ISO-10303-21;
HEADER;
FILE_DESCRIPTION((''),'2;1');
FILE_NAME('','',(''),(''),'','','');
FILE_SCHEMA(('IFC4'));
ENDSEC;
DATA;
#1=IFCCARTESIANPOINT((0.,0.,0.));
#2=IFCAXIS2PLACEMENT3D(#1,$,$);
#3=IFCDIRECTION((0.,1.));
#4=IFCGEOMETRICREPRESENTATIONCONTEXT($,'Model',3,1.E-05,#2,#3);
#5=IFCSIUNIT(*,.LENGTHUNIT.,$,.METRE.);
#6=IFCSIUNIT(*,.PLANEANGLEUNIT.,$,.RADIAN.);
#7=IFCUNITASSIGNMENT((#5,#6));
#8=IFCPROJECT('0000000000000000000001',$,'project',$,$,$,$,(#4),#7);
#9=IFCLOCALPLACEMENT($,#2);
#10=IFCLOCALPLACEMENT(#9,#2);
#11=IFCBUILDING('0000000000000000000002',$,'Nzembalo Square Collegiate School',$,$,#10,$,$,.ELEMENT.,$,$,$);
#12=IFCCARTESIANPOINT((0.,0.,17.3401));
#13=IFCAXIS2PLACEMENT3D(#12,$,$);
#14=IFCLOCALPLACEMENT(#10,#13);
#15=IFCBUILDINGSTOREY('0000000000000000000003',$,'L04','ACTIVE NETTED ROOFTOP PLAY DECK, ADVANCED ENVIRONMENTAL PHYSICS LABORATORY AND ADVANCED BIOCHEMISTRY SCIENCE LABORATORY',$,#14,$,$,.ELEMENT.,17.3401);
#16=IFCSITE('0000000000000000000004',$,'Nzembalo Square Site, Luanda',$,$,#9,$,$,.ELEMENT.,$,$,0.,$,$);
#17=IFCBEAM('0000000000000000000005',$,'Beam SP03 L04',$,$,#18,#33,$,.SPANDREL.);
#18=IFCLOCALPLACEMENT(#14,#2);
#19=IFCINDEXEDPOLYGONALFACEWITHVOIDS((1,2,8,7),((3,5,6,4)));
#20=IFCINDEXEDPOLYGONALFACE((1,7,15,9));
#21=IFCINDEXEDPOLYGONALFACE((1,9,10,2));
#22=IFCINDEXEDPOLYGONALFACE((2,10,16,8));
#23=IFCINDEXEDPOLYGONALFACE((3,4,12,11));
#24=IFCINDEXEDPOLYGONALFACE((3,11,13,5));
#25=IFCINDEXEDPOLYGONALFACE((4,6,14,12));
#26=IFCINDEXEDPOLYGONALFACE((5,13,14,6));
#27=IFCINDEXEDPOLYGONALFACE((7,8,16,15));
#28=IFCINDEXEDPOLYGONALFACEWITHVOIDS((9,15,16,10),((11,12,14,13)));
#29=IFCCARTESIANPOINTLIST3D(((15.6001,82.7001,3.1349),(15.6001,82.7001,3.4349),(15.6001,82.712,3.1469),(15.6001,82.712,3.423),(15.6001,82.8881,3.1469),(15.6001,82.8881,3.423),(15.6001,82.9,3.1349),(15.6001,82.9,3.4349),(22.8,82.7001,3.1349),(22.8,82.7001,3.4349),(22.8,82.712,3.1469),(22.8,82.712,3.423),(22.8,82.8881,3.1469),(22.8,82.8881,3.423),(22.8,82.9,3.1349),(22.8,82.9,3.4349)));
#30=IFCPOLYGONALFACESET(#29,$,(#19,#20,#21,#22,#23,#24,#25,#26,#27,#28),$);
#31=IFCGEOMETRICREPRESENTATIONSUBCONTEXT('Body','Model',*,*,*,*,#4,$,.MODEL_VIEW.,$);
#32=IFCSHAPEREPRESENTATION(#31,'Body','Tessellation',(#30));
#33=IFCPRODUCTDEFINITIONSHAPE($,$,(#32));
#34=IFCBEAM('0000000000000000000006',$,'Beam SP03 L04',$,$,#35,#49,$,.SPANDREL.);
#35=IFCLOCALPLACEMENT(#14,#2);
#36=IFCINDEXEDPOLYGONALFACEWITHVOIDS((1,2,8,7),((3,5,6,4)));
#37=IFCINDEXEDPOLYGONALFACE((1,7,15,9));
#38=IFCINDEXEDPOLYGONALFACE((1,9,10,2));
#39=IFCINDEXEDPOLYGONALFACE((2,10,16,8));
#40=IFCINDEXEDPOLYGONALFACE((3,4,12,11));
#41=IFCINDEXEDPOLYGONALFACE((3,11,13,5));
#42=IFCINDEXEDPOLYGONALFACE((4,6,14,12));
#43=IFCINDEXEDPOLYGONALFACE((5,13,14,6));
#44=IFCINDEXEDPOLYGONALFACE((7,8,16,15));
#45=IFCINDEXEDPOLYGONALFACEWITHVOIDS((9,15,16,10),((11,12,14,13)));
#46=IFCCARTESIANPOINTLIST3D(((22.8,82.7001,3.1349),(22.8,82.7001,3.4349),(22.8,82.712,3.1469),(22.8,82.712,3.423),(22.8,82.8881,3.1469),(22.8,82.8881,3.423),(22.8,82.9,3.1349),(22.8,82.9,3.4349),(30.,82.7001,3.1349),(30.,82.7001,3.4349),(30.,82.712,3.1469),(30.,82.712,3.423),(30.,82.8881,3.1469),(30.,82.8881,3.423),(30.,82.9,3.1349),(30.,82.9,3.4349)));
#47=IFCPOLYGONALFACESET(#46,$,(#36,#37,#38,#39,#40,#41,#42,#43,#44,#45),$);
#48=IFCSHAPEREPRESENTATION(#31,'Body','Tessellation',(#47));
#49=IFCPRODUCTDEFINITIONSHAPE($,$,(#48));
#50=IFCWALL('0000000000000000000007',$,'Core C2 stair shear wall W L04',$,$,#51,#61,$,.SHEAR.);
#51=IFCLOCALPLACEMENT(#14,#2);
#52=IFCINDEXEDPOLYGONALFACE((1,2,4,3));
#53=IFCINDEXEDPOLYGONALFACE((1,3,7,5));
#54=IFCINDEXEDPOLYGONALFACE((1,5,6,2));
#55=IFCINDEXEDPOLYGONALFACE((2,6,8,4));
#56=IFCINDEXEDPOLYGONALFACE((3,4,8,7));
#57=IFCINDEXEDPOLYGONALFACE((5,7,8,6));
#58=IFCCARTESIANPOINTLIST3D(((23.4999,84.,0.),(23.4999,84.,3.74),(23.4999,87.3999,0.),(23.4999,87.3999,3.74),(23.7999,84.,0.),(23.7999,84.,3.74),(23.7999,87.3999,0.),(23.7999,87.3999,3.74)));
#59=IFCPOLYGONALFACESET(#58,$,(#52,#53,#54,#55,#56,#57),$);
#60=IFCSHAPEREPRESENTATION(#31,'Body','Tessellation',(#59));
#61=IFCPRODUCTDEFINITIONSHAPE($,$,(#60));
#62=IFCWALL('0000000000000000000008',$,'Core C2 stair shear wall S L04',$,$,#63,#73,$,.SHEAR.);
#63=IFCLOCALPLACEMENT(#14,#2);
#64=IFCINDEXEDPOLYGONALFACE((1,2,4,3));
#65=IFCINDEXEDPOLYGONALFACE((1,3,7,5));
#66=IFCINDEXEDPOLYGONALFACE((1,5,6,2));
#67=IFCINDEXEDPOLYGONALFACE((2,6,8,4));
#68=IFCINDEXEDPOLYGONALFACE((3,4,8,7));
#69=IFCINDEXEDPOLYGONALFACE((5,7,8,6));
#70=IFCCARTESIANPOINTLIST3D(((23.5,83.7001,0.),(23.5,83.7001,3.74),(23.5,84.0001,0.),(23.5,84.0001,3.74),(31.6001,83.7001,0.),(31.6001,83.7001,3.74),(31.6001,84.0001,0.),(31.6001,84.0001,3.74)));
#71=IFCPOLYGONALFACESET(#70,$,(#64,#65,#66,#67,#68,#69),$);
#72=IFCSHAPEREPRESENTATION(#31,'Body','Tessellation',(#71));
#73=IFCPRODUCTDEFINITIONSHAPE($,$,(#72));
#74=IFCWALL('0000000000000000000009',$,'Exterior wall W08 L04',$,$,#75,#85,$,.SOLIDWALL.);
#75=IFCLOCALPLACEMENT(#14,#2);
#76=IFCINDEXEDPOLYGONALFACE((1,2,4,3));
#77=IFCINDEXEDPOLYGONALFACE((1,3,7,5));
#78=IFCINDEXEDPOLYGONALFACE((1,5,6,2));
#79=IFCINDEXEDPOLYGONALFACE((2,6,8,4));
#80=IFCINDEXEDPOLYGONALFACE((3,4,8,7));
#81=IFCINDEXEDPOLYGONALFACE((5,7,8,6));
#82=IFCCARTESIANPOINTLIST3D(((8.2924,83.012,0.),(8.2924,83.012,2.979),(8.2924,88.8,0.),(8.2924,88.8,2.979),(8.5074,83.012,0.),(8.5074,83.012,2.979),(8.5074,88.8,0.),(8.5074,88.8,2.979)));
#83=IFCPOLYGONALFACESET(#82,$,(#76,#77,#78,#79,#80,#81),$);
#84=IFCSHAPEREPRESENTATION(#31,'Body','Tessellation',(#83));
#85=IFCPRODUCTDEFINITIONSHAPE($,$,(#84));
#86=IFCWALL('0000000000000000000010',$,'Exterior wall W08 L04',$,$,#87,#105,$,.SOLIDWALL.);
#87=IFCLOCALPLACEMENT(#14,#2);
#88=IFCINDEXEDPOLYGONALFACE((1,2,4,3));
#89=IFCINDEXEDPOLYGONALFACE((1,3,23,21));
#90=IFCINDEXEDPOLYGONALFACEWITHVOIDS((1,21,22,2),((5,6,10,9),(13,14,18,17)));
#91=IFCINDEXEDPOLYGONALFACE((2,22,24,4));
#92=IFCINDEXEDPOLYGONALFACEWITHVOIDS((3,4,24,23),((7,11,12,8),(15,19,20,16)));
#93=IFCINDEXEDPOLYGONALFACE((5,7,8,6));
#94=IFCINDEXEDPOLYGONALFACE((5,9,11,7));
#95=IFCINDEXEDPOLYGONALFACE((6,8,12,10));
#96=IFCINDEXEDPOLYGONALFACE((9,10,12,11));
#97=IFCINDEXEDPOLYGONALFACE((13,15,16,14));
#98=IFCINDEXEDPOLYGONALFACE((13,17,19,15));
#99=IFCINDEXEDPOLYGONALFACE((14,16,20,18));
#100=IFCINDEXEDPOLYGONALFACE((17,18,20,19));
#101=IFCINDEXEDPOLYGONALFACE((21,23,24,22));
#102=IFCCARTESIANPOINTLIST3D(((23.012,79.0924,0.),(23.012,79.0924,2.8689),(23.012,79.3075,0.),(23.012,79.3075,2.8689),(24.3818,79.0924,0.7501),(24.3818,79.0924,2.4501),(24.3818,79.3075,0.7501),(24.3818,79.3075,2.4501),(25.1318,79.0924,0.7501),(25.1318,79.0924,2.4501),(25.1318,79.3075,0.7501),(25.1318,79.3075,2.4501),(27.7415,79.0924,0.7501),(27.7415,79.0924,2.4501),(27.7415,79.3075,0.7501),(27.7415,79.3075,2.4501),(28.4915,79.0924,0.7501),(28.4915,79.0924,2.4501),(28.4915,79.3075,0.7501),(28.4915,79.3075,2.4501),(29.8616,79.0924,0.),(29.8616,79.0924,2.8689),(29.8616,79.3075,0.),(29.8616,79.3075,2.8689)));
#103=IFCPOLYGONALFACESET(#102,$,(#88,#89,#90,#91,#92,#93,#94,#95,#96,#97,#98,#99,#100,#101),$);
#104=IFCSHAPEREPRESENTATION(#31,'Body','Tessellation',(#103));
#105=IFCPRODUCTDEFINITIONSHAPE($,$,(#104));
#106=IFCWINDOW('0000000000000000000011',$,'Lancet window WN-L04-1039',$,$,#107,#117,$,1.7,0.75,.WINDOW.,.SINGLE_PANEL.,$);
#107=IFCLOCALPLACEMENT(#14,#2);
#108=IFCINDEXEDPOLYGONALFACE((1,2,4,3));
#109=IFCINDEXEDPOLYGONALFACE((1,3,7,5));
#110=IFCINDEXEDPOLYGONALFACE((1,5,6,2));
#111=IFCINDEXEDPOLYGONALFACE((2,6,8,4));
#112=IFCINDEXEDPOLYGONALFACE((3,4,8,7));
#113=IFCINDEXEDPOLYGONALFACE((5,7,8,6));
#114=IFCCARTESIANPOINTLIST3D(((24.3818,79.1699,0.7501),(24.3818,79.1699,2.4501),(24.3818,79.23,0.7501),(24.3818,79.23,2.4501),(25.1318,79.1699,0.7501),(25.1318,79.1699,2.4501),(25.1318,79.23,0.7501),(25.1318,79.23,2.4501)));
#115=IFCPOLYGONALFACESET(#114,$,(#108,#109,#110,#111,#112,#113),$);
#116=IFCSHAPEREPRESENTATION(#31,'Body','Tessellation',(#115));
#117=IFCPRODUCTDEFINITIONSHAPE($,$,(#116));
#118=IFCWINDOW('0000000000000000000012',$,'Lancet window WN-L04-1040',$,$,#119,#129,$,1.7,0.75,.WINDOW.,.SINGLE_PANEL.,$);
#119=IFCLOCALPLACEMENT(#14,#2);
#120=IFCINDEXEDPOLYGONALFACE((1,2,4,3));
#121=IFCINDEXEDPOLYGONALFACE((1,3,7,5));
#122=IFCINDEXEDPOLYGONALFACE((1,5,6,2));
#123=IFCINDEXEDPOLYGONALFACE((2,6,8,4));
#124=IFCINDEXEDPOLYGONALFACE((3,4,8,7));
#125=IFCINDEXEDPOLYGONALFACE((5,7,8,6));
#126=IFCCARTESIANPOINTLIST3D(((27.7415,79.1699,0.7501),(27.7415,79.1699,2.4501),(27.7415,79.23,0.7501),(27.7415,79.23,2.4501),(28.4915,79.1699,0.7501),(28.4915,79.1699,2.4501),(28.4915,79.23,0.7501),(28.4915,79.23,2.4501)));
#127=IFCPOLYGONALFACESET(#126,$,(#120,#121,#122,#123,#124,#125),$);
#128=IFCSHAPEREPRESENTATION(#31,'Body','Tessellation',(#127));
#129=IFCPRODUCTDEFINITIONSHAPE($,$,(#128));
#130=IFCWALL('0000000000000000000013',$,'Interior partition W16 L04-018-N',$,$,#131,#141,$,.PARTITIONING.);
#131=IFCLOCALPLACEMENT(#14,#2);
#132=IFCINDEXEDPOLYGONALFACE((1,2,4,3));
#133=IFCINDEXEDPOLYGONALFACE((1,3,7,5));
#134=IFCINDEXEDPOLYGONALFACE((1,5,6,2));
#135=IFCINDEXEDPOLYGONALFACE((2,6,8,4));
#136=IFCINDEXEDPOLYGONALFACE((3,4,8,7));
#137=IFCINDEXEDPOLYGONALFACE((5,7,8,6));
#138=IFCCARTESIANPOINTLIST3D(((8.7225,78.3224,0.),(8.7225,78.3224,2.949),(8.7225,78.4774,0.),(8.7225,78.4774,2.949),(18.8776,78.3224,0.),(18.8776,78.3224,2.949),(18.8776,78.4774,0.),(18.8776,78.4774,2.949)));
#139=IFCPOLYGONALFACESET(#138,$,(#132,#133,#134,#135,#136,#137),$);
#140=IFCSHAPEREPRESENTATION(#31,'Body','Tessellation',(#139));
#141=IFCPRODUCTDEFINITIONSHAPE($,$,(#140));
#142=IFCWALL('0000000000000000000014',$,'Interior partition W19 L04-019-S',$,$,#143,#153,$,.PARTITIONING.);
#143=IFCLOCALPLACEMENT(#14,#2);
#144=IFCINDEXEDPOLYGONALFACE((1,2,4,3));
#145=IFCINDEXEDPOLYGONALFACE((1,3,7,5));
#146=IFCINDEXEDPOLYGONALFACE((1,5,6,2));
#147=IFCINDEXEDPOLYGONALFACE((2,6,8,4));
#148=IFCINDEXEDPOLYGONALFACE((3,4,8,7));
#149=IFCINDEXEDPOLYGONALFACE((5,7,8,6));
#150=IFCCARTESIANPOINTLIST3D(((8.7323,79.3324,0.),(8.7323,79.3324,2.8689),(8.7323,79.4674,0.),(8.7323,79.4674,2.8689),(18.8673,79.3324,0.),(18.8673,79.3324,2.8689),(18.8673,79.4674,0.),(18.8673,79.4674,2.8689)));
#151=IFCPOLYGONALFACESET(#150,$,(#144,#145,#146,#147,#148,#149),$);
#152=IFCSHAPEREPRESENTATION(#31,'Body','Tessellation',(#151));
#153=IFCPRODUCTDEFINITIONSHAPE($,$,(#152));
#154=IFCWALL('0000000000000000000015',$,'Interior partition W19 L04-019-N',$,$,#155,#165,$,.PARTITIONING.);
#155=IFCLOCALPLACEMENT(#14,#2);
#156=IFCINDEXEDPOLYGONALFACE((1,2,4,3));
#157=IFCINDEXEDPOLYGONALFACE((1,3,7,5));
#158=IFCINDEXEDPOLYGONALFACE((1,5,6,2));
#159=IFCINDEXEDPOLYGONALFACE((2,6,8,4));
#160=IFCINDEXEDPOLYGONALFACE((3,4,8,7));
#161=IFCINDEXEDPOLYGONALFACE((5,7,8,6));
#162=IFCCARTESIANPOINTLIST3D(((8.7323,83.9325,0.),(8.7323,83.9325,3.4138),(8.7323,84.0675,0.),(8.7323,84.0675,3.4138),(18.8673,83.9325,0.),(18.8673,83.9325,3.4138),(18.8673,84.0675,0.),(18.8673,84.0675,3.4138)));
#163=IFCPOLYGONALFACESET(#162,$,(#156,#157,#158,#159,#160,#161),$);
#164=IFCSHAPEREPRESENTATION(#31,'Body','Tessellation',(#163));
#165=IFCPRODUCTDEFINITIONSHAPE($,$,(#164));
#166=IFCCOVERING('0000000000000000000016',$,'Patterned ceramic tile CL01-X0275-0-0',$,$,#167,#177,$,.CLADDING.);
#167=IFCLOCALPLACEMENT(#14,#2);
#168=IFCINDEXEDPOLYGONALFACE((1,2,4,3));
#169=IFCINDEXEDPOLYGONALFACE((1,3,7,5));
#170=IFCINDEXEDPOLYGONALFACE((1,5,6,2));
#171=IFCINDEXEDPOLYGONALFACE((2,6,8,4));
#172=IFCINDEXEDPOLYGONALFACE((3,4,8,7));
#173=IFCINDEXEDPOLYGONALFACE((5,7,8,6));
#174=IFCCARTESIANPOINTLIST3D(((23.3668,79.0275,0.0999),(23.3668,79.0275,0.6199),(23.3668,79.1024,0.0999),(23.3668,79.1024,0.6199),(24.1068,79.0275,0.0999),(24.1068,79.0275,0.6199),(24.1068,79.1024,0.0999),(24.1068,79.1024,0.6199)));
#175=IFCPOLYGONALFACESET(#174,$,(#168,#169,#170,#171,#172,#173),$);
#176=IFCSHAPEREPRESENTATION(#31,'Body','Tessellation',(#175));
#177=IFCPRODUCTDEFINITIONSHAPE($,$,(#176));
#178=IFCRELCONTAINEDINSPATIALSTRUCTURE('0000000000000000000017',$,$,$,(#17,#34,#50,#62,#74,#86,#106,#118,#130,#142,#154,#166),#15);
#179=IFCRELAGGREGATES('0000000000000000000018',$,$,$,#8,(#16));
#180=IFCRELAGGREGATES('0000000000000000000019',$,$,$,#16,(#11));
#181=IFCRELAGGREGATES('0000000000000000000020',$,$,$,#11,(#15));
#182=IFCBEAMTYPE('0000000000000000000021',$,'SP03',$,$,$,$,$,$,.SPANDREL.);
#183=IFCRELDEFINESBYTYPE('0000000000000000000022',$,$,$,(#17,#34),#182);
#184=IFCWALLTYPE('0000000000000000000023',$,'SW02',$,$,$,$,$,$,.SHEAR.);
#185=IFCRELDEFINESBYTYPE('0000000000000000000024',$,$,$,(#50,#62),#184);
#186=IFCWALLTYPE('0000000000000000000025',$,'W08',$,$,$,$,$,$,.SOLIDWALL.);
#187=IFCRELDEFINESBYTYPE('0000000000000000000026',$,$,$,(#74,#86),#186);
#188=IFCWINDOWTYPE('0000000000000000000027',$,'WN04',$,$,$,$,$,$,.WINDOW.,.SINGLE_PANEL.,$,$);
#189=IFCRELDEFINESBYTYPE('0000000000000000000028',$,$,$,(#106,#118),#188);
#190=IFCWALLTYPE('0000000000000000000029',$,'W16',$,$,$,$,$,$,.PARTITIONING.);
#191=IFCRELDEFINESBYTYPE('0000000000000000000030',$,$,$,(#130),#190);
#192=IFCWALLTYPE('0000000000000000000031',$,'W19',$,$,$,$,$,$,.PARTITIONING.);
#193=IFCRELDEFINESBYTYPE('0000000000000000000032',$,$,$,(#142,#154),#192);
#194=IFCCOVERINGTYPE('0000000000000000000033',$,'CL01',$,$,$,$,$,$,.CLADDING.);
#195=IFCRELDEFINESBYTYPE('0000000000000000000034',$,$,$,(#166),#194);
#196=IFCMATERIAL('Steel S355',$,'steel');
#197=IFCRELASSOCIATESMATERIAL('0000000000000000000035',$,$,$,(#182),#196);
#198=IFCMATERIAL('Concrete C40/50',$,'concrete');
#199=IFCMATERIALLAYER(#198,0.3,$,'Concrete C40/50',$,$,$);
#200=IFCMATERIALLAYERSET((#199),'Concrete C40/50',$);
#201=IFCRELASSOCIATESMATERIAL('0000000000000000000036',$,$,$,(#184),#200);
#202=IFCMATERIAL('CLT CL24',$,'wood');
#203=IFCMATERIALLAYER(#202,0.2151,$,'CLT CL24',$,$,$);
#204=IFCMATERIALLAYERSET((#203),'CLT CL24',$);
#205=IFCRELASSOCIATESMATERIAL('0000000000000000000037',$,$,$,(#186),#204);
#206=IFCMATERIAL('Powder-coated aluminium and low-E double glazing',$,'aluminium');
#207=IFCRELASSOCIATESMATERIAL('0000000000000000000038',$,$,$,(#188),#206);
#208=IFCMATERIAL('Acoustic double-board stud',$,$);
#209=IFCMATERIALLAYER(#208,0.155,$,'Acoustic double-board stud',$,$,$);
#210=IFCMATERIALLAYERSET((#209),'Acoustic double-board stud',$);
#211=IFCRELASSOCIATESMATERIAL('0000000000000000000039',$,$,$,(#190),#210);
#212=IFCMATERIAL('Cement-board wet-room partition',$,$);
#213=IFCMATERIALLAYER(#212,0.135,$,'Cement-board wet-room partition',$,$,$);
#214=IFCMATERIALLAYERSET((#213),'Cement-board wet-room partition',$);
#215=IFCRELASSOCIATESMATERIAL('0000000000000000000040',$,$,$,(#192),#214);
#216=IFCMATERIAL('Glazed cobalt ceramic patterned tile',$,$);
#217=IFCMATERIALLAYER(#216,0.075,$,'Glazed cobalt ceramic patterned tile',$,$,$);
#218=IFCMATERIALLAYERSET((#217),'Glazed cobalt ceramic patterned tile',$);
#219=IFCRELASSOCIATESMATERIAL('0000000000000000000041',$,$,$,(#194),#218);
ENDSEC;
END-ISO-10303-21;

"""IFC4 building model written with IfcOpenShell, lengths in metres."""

from ifc_helpers import new_model, si_unit, direction, frame, frame_2d, origin, origin_2d, place, context, subcontext, project, spatial, rectangle, hollow_rectangle, extrude, material, layer, layer_set, material_profile, profile_set, type_object, element, fill, save


model = new_model("IFC4")

# Units and contexts
model_context = context("Model", 3, precision=1e-05, world=origin(), true_north=direction((0.0, 1.0)))
body_context = subcontext(model_context, "Body", "Model", "MODEL_VIEW")
ifc_project = project(units=[si_unit("LENGTHUNIT", "METRE"), si_unit("PLANEANGLEUNIT", "RADIAN")], contexts=[model_context])

# Site, building, storey
site_placement = place(None, origin())
site = spatial("IfcSite", under=ifc_project, at=site_placement, Name="Nzembalo Square Site, Luanda", CompositionType="ELEMENT", RefElevation=0.0)
building_placement = place(site_placement, origin())
building = spatial("IfcBuilding", under=site, at=building_placement, Name="Nzembalo Square Collegiate School", CompositionType="ELEMENT")
storey_placement = place(building_placement, frame((0.0, 0.0, 17.3401)))
storey = spatial("IfcBuildingStorey", under=building, at=storey_placement, Name="L04", Description="ACTIVE NETTED ROOFTOP PLAY DECK, ADVANCED ENVIRONMENTAL PHYSICS LABORATORY AND ADVANCED BIOCHEMISTRY SCIENCE LABORATORY", CompositionType="ELEMENT", Elevation=17.3401)

# Beams
ifc_material_1 = material(Name="Steel S355", Category="steel")
ifc_material_profile_1 = material_profile(ifc_material_1, hollow_rectangle(XDim=0.2, YDim=0.3, WallThickness=0.012, at=origin_2d()), Name="RHS 300x200x12")
ifc_profile_set_1 = profile_set([ifc_material_profile_1], Name="Steel S355")
beam_type_1 = type_object("IfcBeamType", Name="SP03", PredefinedType="SPANDREL", material=ifc_profile_set_1)
for number, where, z_axis, x_axis, name in (
    (1, (15.6001, 82.8, 3.2849), (1.0, 0.0, 0.0), (0.0, 1.0, 0.0), "Beam SP03 L04"),
    (2, (22.8, 82.8, 3.2849), (1.0, 0.0, 0.0), (0.0, 1.0, 0.0), "Beam SP03 L04"),
):
    element("IfcBeam", number, at=place(storey_placement, frame(where, z_axis=z_axis, x_axis=x_axis)), inside=storey, type_object=beam_type_1, Name=name, PredefinedType="SPANDREL", context=body_context, shape_type="SweptSolid", body=[
        extrude(hollow_rectangle(XDim=0.2, YDim=0.3, WallThickness=0.012, at=origin_2d()), origin(), (0.0, 0.0, 1.0), 7.2),
    ])

# Walls
ifc_material_2 = material(Name="Concrete C40/50", Category="concrete")
ifc_layer_1 = layer(ifc_material_2, 0.3, Name="Concrete C40/50")
ifc_layer_set_1 = layer_set([ifc_layer_1], Name="Concrete C40/50")
wall_type_1 = type_object("IfcWallType", Name="SW02", PredefinedType="SHEAR", material=ifc_layer_set_1)
wall_1_placement = place(storey_placement, frame((23.6499, 84.0, 0.0), z_axis=(0.0, 0.0, 1.0), x_axis=(0.0, 1.0, 0.0)))
element("IfcWall", 3, at=wall_1_placement, inside=storey, type_object=wall_type_1, Name="Core C2 stair shear wall W L04", PredefinedType="SHEAR", context=body_context, shape_type="SweptSolid", body=[
    extrude(rectangle(XDim=3.3999, YDim=0.3, at=frame_2d((1.7, 0.0))), origin(), (0.0, 0.0, 1.0), 3.74),
])
wall_2_placement = place(storey_placement, frame((23.5, 83.8501, 0.0), z_axis=(0.0, 0.0, 1.0), x_axis=(1.0, 0.0, 0.0)))
element("IfcWall", 4, at=wall_2_placement, inside=storey, type_object=wall_type_1, Name="Core C2 stair shear wall S L04", PredefinedType="SHEAR", context=body_context, shape_type="SweptSolid", body=[
    extrude(rectangle(XDim=8.1001, YDim=0.3, at=frame_2d((4.05, 0.0))), origin(), (0.0, 0.0, 1.0), 3.74),
])
ifc_material_3 = material(Name="CLT CL24", Category="wood")
ifc_layer_2 = layer(ifc_material_3, 0.2151, Name="CLT CL24")
ifc_layer_set_2 = layer_set([ifc_layer_2], Name="CLT CL24")
wall_type_2 = type_object("IfcWallType", Name="W08", PredefinedType="SOLIDWALL", material=ifc_layer_set_2)
wall_3_placement = place(storey_placement, frame((8.3999, 83.012, 0.0), z_axis=(0.0, 0.0, 1.0), x_axis=(0.0, 1.0, 0.0)))
element("IfcWall", 5, at=wall_3_placement, inside=storey, type_object=wall_type_2, Name="Exterior wall W08 L04", PredefinedType="SOLIDWALL", context=body_context, shape_type="SweptSolid", body=[
    extrude(rectangle(XDim=5.7881, YDim=0.2151, at=frame_2d((2.894, 0.0))), origin(), (0.0, 0.0, 1.0), 2.979),
])

# Wall, openings, windows
wall_4_placement = place(storey_placement, frame((23.012, 79.2, 0.0), z_axis=(0.0, 0.0, 1.0), x_axis=(1.0, 0.0, 0.0)))
wall_4 = element("IfcWall", 6, at=wall_4_placement, inside=storey, type_object=wall_type_2, Name="Exterior wall W08 L04", PredefinedType="SOLIDWALL", context=body_context, shape_type="SweptSolid", body=[
    extrude(rectangle(XDim=6.8496, YDim=0.2151, at=frame_2d((3.4248, 0.0))), origin(), (0.0, 0.0, 1.0), 2.8689),
])
opening_1_placement = place(wall_4_placement, frame((1.3699, 0.0, 0.75)))
opening_1 = element("IfcOpeningElement", 7, at=opening_1_placement, cuts=wall_4, PredefinedType="OPENING", context=body_context, shape_type="SweptSolid", body=[
    extrude(rectangle(XDim=0.75, YDim=1.7, at=frame_2d((0.375, 0.8501))), frame((0.0, 0.1177, 0.0), z_axis=(0.0, -1.0, 0.0), x_axis=(1.0, 0.0, 0.0)), (0.0, 0.0, 1.0), 0.2351),
])
opening_2_placement = place(wall_4_placement, frame((4.7295, 0.0, 0.75)))
opening_2 = element("IfcOpeningElement", 8, at=opening_2_placement, cuts=wall_4, PredefinedType="OPENING", context=body_context, shape_type="SweptSolid", body=[
    extrude(rectangle(XDim=0.75, YDim=1.7, at=frame_2d((0.375, 0.8501))), frame((0.0, 0.1177, 0.0), z_axis=(0.0, -1.0, 0.0), x_axis=(1.0, 0.0, 0.0)), (0.0, 0.0, 1.0), 0.2351),
])
ifc_material_4 = material(Name="Powder-coated aluminium and low-E double glazing", Category="aluminium")
window_type = type_object("IfcWindowType", Name="WN04", PartitioningType="SINGLE_PANEL", PredefinedType="WINDOW", material=ifc_material_4)
window_1_placement = place(opening_1_placement, origin())
window_1 = element("IfcWindow", 9, at=window_1_placement, inside=storey, type_object=window_type, Name="Lancet window WN-L04-1039", OverallHeight=1.7, OverallWidth=0.75, PartitioningType="SINGLE_PANEL", PredefinedType="WINDOW", context=body_context, shape_type="SweptSolid", body=[
    extrude(rectangle(XDim=0.75, YDim=1.7, at=frame_2d((0.375, 0.8501))), frame((0.0, 0.03, 0.0), z_axis=(0.0, -1.0, 0.0), x_axis=(1.0, 0.0, 0.0)), (0.0, 0.0, 1.0), 0.0601),
])
fill(opening_1, window_1)
window_2_placement = place(opening_2_placement, origin())
window_2 = element("IfcWindow", 10, at=window_2_placement, inside=storey, type_object=window_type, Name="Lancet window WN-L04-1040", OverallHeight=1.7, OverallWidth=0.75, PartitioningType="SINGLE_PANEL", PredefinedType="WINDOW", context=body_context, shape_type="SweptSolid", body=[
    extrude(rectangle(XDim=0.75, YDim=1.7, at=frame_2d((0.375, 0.8501))), frame((0.0, 0.03, 0.0), z_axis=(0.0, -1.0, 0.0), x_axis=(1.0, 0.0, 0.0)), (0.0, 0.0, 1.0), 0.0601),
])
fill(opening_2, window_2)

# Walls
ifc_material_5 = material(Name="Acoustic double-board stud")
ifc_layer_3 = layer(ifc_material_5, 0.155, Name="Acoustic double-board stud")
ifc_layer_set_3 = layer_set([ifc_layer_3], Name="Acoustic double-board stud")
wall_type_3 = type_object("IfcWallType", Name="W16", PredefinedType="PARTITIONING", material=ifc_layer_set_3)
wall_5_placement = place(storey_placement, frame((8.7224, 78.3999, 0.0), z_axis=(0.0, 0.0, 1.0), x_axis=(1.0, 0.0, 0.0)))
element("IfcWall", 11, at=wall_5_placement, inside=storey, type_object=wall_type_3, Name="Interior partition W16 L04-018-N", PredefinedType="PARTITIONING", context=body_context, shape_type="SweptSolid", body=[
    extrude(rectangle(XDim=10.155, YDim=0.155, at=frame_2d((5.0776, 0.0))), origin(), (0.0, 0.0, 1.0), 2.949),
])
ifc_material_6 = material(Name="Cement-board wet-room partition")
ifc_layer_4 = layer(ifc_material_6, 0.135, Name="Cement-board wet-room partition")
ifc_layer_set_4 = layer_set([ifc_layer_4], Name="Cement-board wet-room partition")
wall_type_4 = type_object("IfcWallType", Name="W19", PredefinedType="PARTITIONING", material=ifc_layer_set_4)
wall_6_placement = place(storey_placement, frame((8.7324, 79.3999, 0.0), z_axis=(0.0, 0.0, 1.0), x_axis=(1.0, 0.0, 0.0)))
element("IfcWall", 12, at=wall_6_placement, inside=storey, type_object=wall_type_4, Name="Interior partition W19 L04-019-S", PredefinedType="PARTITIONING", context=body_context, shape_type="SweptSolid", body=[
    extrude(rectangle(XDim=10.135, YDim=0.135, at=frame_2d((5.0674, 0.0))), origin(), (0.0, 0.0, 1.0), 2.8689),
])
wall_7_placement = place(storey_placement, frame((8.7324, 84.0, 0.0), z_axis=(0.0, 0.0, 1.0), x_axis=(1.0, 0.0, 0.0)))
element("IfcWall", 13, at=wall_7_placement, inside=storey, type_object=wall_type_4, Name="Interior partition W19 L04-019-N", PredefinedType="PARTITIONING", context=body_context, shape_type="SweptSolid", body=[
    extrude(rectangle(XDim=10.135, YDim=0.135, at=frame_2d((5.0674, 0.0))), origin(), (0.0, 0.0, 1.0), 3.4138),
])

# Covering
ifc_material_7 = material(Name="Glazed cobalt ceramic patterned tile")
ifc_layer_5 = layer(ifc_material_7, 0.075, Name="Glazed cobalt ceramic patterned tile")
ifc_layer_set_5 = layer_set([ifc_layer_5], Name="Glazed cobalt ceramic patterned tile")
covering_type_1 = type_object("IfcCoveringType", Name="CL01", PredefinedType="CLADDING", material=ifc_layer_set_5)
for number, where, z_axis, x_axis, name in (
    (14, (23.7368, 79.0649, 0.0999), (0.0, 0.0, 1.0), (1.0, 0.0, 0.0), "Patterned ceramic tile CL01-X0275-0-0"),
):
    element("IfcCovering", number, at=place(storey_placement, frame(where, z_axis=z_axis, x_axis=x_axis)), inside=storey, type_object=covering_type_1, Name=name, PredefinedType="CLADDING", context=body_context, shape_type="SweptSolid", body=[
        extrude(rectangle(XDim=0.74, YDim=0.075, at=origin_2d()), origin(), (0.0, 0.0, 1.0), 0.52),
    ])

save(model, "model.ifc")
